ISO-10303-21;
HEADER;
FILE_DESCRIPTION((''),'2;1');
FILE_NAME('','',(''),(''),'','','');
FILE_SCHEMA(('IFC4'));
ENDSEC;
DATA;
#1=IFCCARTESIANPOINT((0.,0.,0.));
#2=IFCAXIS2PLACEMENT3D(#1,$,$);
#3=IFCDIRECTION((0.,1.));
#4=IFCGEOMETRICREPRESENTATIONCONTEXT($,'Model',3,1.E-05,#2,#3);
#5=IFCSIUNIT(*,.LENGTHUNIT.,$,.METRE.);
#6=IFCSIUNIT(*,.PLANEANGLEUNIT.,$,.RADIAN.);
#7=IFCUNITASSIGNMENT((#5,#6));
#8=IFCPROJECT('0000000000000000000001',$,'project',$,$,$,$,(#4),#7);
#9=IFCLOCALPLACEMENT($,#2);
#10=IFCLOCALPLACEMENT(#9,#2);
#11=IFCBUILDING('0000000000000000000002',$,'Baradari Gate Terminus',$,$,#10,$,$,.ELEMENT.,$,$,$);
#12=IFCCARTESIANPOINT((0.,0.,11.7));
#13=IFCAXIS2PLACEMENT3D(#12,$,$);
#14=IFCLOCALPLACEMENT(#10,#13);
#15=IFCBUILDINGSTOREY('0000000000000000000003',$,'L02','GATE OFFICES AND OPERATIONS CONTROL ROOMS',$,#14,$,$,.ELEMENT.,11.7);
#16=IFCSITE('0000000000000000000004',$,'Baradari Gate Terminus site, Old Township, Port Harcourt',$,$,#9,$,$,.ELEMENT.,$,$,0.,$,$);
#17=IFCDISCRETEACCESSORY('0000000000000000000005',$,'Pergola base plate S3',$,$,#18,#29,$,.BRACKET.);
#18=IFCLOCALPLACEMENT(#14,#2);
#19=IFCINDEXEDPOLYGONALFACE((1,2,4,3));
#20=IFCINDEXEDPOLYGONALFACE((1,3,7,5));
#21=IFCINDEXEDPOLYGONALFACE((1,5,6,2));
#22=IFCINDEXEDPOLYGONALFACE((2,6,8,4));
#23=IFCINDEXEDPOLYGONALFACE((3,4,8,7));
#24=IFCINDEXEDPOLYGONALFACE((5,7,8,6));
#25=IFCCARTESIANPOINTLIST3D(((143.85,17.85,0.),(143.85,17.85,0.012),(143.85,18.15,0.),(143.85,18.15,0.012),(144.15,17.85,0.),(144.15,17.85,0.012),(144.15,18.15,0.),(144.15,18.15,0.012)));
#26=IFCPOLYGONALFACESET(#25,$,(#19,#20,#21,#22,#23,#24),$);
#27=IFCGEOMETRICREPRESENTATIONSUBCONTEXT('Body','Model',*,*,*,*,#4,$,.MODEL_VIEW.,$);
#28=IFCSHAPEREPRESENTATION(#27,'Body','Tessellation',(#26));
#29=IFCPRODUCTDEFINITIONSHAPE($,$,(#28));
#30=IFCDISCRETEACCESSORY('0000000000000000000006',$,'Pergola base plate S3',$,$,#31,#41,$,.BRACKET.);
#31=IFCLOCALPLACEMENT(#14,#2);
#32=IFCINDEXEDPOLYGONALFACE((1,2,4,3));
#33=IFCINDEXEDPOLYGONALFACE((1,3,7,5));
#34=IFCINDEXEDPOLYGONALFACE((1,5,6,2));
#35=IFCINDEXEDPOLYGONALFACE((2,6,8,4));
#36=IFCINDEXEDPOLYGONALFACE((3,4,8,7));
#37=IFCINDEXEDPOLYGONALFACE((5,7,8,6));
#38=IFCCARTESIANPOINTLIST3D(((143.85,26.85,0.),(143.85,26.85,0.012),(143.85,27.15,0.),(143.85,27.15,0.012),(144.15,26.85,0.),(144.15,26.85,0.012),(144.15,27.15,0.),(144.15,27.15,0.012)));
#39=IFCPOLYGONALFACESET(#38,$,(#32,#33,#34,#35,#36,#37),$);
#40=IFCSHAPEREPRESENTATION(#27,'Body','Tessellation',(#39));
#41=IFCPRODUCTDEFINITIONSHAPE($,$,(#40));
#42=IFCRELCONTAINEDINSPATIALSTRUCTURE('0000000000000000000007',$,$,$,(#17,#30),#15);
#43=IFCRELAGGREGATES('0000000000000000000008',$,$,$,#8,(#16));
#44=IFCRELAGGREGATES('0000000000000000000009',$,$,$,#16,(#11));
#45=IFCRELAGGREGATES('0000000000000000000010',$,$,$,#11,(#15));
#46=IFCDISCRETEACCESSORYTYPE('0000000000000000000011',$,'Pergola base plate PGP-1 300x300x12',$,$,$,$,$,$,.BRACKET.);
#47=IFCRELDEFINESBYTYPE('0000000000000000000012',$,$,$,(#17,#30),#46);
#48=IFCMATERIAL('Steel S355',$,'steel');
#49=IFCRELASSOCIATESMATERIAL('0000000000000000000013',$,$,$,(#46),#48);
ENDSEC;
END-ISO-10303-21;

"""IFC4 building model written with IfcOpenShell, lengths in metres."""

from ifc_helpers import new_model, si_unit, direction, frame, origin, origin_2d, place, context, subcontext, project, spatial, rectangle, extrude, material, type_object, element, save


model = new_model("IFC4")

# Units and contexts
model_context = context("Model", 3, precision=1e-05, world=origin(), true_north=direction((0.0, 1.0)))
body_context = subcontext(model_context, "Body", "Model", "MODEL_VIEW")
ifc_project = project(units=[si_unit("LENGTHUNIT", "METRE"), si_unit("PLANEANGLEUNIT", "RADIAN")], contexts=[model_context])

# Site, building, storey
site_placement = place(None, origin())
site = spatial("IfcSite", under=ifc_project, at=site_placement, Name="Baradari Gate Terminus site, Old Township, Port Harcourt", CompositionType="ELEMENT", RefElevation=0.0)
building_placement = place(site_placement, origin())
building = spatial("IfcBuilding", under=site, at=building_placement, Name="Baradari Gate Terminus", CompositionType="ELEMENT")
storey_placement = place(building_placement, frame((0.0, 0.0, 11.7)))
storey = spatial("IfcBuildingStorey", under=building, at=storey_placement, Name="L02", Description="GATE OFFICES AND OPERATIONS CONTROL ROOMS", CompositionType="ELEMENT", Elevation=11.7)

# Discrete accessories
ifc_material_1 = material(Name="Steel S355", Category="steel")
discrete_accessory_type = type_object("IfcDiscreteAccessoryType", Name="Pergola base plate PGP-1 300x300x12", PredefinedType="BRACKET", material=ifc_material_1)
for number, where, z_axis, x_axis, name in (
    (1, (144.0, 18.0, 0.0), (0.0, 0.0, 1.0), (1.0, 0.0, 0.0), "Pergola base plate S3"),
    (2, (144.0, 27.0, 0.0), (0.0, 0.0, 1.0), (1.0, 0.0, 0.0), "Pergola base plate S3"),
):
    element("IfcDiscreteAccessory", number, at=place(storey_placement, frame(where, z_axis=z_axis, x_axis=x_axis)), inside=storey, type_object=discrete_accessory_type, Name=name, PredefinedType="BRACKET", context=body_context, shape_type="SweptSolid", body=[
        extrude(rectangle(XDim=0.3, YDim=0.3, at=origin_2d()), origin(), (0.0, 0.0, 1.0), 0.012),
    ])

save(model, "model.ifc")
